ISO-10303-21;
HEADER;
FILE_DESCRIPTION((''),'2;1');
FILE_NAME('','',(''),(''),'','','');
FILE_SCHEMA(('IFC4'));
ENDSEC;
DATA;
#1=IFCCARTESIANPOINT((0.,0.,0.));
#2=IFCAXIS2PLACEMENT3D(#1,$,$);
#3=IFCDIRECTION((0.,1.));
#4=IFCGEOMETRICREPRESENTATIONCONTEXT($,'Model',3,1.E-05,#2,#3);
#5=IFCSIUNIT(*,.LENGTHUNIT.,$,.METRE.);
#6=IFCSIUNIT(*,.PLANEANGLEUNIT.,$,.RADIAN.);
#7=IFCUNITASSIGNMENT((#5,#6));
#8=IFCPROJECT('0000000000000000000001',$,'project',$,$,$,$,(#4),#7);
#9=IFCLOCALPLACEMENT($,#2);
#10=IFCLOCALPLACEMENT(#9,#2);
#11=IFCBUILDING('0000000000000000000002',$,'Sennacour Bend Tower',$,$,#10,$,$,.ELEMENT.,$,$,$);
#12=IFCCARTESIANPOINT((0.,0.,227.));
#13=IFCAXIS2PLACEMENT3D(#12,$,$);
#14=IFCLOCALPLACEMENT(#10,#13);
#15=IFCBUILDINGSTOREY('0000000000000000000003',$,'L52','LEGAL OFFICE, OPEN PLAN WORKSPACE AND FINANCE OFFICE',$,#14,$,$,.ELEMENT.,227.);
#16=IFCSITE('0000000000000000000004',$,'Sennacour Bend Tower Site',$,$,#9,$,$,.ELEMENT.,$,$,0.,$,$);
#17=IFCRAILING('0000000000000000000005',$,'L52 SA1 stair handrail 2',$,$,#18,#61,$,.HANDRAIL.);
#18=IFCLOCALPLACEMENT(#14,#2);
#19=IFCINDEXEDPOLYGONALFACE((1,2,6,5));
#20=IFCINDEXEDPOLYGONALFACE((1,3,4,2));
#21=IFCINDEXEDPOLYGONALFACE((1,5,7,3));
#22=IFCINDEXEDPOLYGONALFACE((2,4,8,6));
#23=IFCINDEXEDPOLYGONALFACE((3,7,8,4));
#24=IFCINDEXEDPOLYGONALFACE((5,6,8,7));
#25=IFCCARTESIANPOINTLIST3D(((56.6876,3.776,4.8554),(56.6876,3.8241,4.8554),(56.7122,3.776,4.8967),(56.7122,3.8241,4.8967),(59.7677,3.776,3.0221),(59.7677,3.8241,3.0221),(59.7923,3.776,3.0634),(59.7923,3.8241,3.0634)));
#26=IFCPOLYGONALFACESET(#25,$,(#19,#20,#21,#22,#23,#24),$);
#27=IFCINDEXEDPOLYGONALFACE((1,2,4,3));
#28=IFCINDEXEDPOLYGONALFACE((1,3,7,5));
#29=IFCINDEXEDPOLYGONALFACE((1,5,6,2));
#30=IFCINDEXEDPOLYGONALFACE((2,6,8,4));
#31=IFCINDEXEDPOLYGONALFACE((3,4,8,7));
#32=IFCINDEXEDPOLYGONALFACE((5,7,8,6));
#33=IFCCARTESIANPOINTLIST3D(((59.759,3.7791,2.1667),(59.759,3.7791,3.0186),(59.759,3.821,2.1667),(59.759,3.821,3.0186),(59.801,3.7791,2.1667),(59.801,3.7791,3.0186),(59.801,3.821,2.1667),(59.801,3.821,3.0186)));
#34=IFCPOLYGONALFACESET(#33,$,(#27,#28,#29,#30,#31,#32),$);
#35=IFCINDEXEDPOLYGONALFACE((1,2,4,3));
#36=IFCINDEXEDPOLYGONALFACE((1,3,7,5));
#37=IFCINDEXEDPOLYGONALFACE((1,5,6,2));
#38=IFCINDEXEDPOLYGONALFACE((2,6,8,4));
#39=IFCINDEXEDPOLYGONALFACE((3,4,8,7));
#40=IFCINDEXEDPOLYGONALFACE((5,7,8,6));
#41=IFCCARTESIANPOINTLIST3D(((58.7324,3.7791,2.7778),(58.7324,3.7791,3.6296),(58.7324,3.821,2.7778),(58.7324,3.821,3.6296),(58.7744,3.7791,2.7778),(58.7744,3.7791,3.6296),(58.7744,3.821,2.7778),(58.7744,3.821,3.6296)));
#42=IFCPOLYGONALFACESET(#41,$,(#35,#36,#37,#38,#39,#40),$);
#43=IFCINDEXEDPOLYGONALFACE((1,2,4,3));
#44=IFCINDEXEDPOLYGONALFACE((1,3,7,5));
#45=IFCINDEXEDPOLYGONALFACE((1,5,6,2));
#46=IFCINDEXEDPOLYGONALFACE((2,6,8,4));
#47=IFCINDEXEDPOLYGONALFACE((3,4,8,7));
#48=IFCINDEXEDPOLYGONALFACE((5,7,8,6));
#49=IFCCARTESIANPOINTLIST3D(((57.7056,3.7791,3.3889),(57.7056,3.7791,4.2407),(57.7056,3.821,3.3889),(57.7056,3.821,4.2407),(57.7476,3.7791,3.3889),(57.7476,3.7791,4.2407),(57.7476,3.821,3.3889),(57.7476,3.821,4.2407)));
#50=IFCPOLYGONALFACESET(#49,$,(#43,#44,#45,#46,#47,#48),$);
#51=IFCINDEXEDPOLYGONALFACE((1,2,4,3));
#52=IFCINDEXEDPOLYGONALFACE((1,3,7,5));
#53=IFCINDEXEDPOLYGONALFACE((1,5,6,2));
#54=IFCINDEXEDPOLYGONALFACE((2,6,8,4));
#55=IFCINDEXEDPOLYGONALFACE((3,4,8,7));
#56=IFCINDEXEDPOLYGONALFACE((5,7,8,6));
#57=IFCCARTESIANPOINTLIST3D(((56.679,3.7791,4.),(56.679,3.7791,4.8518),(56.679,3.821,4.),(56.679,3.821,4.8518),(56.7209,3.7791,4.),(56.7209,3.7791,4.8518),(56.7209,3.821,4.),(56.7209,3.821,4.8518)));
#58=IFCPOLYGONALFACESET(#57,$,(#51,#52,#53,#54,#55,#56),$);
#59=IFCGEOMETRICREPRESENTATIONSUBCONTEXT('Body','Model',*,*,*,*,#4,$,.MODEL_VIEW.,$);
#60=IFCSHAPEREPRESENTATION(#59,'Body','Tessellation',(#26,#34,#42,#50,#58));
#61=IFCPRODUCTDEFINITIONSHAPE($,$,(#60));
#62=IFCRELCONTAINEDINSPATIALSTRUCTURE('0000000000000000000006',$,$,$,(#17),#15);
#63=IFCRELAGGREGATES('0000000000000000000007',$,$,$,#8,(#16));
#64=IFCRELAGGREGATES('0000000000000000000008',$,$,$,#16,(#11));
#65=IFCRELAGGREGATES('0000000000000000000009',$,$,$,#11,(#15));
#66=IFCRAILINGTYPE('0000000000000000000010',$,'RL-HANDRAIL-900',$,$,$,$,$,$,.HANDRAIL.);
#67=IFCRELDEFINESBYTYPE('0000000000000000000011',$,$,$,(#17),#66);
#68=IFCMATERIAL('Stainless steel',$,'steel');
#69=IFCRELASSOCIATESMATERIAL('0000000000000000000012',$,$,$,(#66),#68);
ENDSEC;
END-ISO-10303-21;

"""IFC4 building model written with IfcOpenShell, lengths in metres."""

from ifc_helpers import new_model, si_unit, direction, frame, origin, origin_2d, place, context, subcontext, project, spatial, rectangle, extrude, material, type_object, element, save


model = new_model("IFC4")

# Units and contexts
model_context = context("Model", 3, precision=1e-05, world=origin(), true_north=direction((0.0, 1.0)))
body_context = subcontext(model_context, "Body", "Model", "MODEL_VIEW")
ifc_project = project(units=[si_unit("LENGTHUNIT", "METRE"), si_unit("PLANEANGLEUNIT", "RADIAN")], contexts=[model_context])

# Site, building, storey
site_placement = place(None, origin())
site = spatial("IfcSite", under=ifc_project, at=site_placement, Name="Sennacour Bend Tower Site", CompositionType="ELEMENT", RefElevation=0.0)
building_placement = place(site_placement, origin())
building = spatial("IfcBuilding", under=site, at=building_placement, Name="Sennacour Bend Tower", CompositionType="ELEMENT")
storey_placement = place(building_placement, frame((0.0, 0.0, 227.0)))
storey = spatial("IfcBuildingStorey", under=building, at=storey_placement, Name="L52", Description="LEGAL OFFICE, OPEN PLAN WORKSPACE AND FINANCE OFFICE", CompositionType="ELEMENT", Elevation=227.0)

# Shared definitions
ifc_material_1 = material(Name="Stainless steel", Category="steel")

# Railing
railing_type_1 = type_object("IfcRailingType", Name="RL-HANDRAIL-900", PredefinedType="HANDRAIL", material=ifc_material_1)
railing_1_placement = place(storey_placement, frame((59.78, 3.8, 2.1667)))
element("IfcRailing", 1, at=railing_1_placement, inside=storey, type_object=railing_type_1, Name="L52 SA1 stair handrail 2", PredefinedType="HANDRAIL", context=body_context, shape_type="SweptSolid", body=[
    extrude(rectangle(XDim=0.0481, YDim=0.0481, at=origin_2d()), frame((0.0, 0.0, 0.876), z_axis=(-0.859309, 0.0, 0.511458), x_axis=(0.0, -1.0, 0.0)), (0.0, 0.0, 1.0), 3.5845),
    extrude(rectangle(XDim=0.042, YDim=0.042, at=origin_2d()), origin(), (0.0, 0.0, 1.0), 0.8518),
    extrude(rectangle(XDim=0.042, YDim=0.042, at=origin_2d()), frame((-1.0266, 0.0, 0.6111)), (0.0, 0.0, 1.0), 0.8518),
    extrude(rectangle(XDim=0.042, YDim=0.042, at=origin_2d()), frame((-2.0535, 0.0, 1.2222)), (0.0, 0.0, 1.0), 0.8518),
    extrude(rectangle(XDim=0.042, YDim=0.042, at=origin_2d()), frame((-3.0801, 0.0, 1.8333)), (0.0, 0.0, 1.0), 0.8518),
])

save(model, "model.ifc")
